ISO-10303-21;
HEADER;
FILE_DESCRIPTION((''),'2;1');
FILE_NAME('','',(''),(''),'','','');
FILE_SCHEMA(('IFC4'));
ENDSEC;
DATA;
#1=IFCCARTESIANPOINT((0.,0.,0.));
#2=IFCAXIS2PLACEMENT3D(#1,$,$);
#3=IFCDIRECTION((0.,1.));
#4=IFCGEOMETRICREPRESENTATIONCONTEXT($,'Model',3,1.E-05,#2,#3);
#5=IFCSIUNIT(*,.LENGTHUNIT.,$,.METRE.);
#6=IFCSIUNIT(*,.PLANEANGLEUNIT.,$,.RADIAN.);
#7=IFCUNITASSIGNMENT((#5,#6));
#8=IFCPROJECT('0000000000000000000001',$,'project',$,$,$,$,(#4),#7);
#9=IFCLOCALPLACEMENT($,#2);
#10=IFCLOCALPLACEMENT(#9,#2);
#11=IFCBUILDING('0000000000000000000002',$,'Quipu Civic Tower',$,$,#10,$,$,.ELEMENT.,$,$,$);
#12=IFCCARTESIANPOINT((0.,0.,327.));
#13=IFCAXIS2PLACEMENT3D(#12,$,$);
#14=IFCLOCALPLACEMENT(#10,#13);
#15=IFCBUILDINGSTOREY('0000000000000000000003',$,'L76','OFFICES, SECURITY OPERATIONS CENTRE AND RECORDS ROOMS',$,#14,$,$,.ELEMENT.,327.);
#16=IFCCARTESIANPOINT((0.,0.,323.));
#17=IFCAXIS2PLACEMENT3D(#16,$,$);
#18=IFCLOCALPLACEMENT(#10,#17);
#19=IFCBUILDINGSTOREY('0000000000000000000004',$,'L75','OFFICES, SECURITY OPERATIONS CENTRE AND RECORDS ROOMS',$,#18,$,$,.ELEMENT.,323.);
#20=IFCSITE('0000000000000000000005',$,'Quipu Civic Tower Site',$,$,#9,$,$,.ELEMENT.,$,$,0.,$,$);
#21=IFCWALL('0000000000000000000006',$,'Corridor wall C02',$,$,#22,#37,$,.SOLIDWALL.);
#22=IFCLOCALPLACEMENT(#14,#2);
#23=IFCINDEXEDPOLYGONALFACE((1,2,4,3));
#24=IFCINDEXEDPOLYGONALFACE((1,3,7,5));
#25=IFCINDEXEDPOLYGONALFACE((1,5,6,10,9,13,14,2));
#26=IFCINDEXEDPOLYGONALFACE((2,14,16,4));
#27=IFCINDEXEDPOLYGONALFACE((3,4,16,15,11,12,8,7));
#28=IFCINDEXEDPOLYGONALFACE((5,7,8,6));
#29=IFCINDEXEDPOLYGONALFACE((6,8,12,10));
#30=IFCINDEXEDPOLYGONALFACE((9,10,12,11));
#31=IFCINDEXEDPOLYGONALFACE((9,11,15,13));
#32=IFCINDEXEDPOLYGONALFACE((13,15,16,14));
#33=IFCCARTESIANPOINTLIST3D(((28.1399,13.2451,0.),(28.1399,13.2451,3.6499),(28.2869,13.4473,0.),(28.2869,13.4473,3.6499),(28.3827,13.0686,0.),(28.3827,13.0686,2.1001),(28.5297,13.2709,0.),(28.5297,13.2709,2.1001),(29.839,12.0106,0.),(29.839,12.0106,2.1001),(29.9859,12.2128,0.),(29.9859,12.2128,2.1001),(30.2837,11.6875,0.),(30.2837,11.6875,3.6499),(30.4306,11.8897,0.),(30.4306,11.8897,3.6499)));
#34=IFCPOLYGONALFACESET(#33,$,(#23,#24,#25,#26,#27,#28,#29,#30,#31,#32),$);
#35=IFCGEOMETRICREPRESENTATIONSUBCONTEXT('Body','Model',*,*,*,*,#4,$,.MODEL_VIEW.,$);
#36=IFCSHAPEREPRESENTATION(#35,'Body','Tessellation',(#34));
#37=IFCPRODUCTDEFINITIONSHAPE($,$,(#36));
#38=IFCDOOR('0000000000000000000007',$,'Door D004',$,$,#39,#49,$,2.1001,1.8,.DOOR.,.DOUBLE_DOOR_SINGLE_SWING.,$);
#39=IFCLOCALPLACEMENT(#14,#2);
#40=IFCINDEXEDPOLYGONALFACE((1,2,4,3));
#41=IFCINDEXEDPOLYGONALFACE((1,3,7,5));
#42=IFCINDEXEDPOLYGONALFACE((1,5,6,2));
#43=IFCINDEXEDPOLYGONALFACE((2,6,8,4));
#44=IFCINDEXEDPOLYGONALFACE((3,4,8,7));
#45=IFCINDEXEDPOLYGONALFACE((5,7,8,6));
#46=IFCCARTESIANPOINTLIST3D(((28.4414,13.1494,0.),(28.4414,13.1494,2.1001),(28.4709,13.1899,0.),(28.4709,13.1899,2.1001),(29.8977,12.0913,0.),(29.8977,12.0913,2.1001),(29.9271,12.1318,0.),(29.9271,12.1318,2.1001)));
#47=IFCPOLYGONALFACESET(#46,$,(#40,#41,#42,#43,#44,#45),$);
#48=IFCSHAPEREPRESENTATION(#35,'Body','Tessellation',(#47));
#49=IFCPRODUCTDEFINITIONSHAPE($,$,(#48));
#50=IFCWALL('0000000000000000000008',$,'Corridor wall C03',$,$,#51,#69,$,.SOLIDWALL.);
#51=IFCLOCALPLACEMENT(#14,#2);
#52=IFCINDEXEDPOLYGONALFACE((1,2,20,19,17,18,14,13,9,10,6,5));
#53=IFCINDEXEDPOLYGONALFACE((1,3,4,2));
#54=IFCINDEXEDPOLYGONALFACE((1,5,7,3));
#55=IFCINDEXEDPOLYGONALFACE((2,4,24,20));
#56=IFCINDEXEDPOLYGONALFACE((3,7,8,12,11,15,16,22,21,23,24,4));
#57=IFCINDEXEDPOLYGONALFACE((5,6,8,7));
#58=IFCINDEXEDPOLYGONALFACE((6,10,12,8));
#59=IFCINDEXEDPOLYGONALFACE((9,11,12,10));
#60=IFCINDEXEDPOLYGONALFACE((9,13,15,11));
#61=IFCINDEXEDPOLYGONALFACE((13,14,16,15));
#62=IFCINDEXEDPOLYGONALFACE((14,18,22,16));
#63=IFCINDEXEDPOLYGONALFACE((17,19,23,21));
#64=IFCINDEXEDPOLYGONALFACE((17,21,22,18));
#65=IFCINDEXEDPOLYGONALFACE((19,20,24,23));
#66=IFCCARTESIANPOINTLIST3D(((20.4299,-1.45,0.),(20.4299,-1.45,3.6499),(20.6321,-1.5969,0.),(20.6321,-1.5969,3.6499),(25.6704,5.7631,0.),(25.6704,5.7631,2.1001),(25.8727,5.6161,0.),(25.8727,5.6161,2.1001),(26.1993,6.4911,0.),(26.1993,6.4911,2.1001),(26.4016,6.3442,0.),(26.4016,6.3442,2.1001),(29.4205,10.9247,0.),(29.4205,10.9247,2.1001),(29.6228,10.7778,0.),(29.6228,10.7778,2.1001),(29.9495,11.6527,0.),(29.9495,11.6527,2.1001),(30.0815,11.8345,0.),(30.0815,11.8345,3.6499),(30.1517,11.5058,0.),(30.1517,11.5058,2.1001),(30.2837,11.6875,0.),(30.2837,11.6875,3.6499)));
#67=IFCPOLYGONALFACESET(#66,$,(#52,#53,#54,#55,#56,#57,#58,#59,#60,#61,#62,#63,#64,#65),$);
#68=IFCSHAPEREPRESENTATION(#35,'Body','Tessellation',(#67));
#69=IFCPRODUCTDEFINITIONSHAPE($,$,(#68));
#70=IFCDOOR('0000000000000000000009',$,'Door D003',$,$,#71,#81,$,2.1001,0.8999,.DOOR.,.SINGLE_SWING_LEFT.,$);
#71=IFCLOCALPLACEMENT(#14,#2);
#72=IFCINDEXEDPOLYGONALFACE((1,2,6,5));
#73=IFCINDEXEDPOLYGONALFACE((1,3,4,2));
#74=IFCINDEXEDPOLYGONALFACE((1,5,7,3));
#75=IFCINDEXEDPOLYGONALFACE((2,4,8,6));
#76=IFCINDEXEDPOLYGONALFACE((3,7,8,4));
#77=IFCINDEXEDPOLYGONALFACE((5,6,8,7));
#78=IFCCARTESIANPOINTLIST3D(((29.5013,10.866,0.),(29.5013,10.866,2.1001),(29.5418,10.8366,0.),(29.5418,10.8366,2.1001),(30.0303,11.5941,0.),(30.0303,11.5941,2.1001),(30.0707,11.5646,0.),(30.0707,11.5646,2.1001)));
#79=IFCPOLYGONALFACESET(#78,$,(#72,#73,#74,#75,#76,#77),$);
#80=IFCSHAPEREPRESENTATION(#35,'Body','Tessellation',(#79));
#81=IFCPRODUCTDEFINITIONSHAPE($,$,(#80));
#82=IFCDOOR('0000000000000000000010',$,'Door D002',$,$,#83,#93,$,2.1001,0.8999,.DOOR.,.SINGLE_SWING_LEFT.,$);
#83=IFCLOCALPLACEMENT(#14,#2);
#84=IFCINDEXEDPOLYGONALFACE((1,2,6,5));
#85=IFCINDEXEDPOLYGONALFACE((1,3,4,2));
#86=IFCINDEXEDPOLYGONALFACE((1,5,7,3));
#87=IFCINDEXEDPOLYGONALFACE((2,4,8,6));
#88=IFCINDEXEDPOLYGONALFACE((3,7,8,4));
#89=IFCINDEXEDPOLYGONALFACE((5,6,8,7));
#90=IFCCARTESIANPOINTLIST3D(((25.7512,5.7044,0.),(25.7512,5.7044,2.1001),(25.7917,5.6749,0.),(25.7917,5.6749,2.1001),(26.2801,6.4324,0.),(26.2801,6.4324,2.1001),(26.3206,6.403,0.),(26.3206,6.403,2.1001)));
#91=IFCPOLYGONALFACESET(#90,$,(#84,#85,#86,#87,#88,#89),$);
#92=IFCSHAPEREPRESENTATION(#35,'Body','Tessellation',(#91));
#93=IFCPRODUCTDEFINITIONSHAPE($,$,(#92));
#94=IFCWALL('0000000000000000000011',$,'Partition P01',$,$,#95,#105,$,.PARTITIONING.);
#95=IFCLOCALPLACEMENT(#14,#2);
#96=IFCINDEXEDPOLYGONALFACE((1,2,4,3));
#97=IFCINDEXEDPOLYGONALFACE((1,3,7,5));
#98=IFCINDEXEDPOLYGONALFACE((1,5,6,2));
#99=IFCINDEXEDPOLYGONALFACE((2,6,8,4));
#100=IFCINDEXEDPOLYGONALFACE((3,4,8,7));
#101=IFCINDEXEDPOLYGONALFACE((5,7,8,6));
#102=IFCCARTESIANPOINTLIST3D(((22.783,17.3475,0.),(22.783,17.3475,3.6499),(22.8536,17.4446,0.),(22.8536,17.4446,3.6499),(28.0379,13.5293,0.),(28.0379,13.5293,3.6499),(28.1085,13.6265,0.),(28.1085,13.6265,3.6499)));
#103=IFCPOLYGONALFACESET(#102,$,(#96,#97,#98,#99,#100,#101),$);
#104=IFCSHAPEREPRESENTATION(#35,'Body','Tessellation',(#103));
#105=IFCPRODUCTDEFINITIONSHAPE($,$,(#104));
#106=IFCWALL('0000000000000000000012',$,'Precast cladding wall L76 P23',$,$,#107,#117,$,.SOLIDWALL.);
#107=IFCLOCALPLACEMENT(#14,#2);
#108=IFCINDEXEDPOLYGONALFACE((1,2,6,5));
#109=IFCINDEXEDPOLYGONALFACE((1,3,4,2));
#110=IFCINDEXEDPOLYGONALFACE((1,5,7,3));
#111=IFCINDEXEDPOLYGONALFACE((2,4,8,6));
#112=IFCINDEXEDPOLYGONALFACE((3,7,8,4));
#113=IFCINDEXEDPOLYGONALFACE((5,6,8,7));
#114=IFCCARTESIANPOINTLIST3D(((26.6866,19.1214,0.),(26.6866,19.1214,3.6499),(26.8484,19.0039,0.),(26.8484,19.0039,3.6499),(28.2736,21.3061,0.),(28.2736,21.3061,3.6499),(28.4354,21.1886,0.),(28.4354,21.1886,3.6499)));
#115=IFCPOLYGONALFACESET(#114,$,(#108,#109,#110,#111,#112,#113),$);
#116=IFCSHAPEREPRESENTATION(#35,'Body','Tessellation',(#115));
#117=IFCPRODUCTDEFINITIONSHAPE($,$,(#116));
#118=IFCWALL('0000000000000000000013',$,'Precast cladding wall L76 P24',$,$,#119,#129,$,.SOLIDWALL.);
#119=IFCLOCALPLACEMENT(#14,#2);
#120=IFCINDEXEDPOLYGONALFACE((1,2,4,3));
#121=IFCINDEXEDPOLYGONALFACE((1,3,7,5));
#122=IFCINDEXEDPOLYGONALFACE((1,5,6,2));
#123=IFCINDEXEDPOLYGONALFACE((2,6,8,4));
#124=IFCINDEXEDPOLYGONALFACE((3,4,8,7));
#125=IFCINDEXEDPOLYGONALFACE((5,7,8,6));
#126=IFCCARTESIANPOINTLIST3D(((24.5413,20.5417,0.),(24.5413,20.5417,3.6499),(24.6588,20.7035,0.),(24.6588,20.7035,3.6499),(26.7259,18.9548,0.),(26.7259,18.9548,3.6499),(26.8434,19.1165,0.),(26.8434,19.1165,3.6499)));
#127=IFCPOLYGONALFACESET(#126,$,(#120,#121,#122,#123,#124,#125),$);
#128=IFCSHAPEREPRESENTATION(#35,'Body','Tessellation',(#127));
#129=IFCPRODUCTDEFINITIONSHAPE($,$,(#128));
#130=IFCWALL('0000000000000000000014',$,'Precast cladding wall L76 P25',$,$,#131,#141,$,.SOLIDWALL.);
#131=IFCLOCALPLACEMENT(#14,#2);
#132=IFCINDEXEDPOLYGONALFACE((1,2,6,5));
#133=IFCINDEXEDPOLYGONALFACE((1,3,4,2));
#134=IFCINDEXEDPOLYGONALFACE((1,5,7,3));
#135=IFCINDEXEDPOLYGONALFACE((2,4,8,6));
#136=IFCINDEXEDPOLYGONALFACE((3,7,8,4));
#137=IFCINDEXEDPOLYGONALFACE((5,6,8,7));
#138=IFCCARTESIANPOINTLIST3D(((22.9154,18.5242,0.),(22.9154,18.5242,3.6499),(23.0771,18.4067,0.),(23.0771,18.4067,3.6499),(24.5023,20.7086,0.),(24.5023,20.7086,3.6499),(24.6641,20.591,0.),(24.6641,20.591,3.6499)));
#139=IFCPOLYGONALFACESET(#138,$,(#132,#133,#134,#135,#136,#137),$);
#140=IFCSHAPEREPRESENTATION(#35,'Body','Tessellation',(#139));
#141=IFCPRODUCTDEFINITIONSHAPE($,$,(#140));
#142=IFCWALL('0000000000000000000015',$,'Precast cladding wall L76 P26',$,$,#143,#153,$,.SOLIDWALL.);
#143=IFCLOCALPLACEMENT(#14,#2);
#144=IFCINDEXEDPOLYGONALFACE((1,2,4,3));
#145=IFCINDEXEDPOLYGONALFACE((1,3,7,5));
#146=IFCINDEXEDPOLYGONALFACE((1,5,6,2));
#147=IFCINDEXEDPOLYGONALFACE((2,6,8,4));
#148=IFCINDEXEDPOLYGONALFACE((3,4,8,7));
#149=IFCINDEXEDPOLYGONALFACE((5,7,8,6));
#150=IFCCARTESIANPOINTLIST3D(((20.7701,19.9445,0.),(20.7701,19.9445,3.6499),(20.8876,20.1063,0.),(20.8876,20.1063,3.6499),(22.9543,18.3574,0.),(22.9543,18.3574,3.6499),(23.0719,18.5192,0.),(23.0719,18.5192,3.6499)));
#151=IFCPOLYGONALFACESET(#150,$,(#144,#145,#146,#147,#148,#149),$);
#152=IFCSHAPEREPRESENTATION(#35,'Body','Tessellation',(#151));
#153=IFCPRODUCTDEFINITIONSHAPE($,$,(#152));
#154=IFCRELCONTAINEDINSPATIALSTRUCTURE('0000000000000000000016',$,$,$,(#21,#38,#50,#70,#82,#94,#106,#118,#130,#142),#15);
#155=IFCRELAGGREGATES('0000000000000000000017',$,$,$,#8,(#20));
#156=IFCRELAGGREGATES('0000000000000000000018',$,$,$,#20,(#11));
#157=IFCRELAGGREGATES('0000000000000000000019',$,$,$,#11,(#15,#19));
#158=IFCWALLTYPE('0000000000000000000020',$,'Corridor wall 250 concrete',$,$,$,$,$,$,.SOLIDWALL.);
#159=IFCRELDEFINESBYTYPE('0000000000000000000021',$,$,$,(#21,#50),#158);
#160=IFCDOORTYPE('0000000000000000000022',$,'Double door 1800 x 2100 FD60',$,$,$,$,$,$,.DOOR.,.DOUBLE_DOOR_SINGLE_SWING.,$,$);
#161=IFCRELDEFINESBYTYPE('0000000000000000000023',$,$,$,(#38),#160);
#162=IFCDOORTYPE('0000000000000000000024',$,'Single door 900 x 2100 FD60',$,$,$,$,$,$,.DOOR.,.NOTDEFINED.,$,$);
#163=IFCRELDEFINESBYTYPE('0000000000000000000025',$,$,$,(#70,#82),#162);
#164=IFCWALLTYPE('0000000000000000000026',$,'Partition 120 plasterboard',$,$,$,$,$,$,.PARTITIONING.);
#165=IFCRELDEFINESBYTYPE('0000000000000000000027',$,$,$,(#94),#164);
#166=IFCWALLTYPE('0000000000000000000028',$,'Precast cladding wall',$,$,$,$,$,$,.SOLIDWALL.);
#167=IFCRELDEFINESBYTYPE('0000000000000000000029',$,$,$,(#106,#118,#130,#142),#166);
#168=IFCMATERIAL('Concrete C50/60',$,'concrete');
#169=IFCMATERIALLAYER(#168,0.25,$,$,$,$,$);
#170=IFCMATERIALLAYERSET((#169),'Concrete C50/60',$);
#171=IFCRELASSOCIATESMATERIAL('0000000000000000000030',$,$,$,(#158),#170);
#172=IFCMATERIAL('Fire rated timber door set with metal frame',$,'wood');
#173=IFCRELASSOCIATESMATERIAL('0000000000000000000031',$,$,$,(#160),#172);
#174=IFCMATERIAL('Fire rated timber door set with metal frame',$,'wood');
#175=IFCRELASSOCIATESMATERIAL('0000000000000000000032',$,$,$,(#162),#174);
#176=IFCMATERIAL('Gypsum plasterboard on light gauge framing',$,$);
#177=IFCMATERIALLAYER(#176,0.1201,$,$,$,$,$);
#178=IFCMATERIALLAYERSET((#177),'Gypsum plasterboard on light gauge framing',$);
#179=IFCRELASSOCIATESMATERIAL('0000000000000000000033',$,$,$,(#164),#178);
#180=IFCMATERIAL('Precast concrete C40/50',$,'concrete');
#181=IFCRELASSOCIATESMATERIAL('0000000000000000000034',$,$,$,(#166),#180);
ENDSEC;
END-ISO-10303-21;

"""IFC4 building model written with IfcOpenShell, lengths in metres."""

from ifc_helpers import new_model, si_unit, direction, frame, frame_2d, origin, place, context, subcontext, project, spatial, rectangle, extrude, material, layer, layer_set, type_object, element, fill, save


model = new_model("IFC4")

# Units and contexts
model_context = context("Model", 3, precision=1e-05, world=origin(), true_north=direction((0.0, 1.0)))
body_context = subcontext(model_context, "Body", "Model", "MODEL_VIEW")
ifc_project = project(units=[si_unit("LENGTHUNIT", "METRE"), si_unit("PLANEANGLEUNIT", "RADIAN")], contexts=[model_context])

# Site, building, storey
site_placement = place(None, origin())
site = spatial("IfcSite", under=ifc_project, at=site_placement, Name="Quipu Civic Tower Site", CompositionType="ELEMENT", RefElevation=0.0)
building_placement = place(site_placement, origin())
building = spatial("IfcBuilding", under=site, at=building_placement, Name="Quipu Civic Tower", CompositionType="ELEMENT")
storey_1_placement = place(building_placement, frame((0.0, 0.0, 327.0)))
storey_1 = spatial("IfcBuildingStorey", under=building, at=storey_1_placement, Name="L76", Description="OFFICES, SECURITY OPERATIONS CENTRE AND RECORDS ROOMS", CompositionType="ELEMENT", Elevation=327.0)

# Shared definitions
storey_2_placement = place(building_placement, frame((0.0, 0.0, 323.0)))
storey_2 = spatial("IfcBuildingStorey", under=building, at=storey_2_placement, Name="L75", Description="OFFICES, SECURITY OPERATIONS CENTRE AND RECORDS ROOMS", CompositionType="ELEMENT", Elevation=323.0)

# Wall, opening, door
ifc_material_1 = material(Name="Concrete C50/60", Category="concrete")
ifc_layer_1 = layer(ifc_material_1, 0.25)
ifc_layer_set_1 = layer_set([ifc_layer_1], Name="Concrete C50/60")
wall_type_1 = type_object("IfcWallType", Name="Corridor wall 250 concrete", PredefinedType="SOLIDWALL", material=ifc_layer_set_1)
wall_1_placement = place(storey_1_placement, frame((28.2134, 13.3462, 0.0), z_axis=(0.0, 0.0, 1.0), x_axis=(0.809007, -0.587799, 0.0)))
wall_1 = element("IfcWall", 1, at=wall_1_placement, inside=storey_1, type_object=wall_type_1, Name="Corridor wall C02", PredefinedType="SOLIDWALL", context=body_context, shape_type="SweptSolid", body=[
    extrude(rectangle(XDim=2.6499, YDim=0.25, at=frame_2d((1.325, 0.0))), origin(), (0.0, 0.0, 1.0), 3.6499),
])
opening_1_placement = place(wall_1_placement, frame((0.3003, 0.0, 0.0)))
opening_1 = element("IfcOpeningElement", 2, at=opening_1_placement, cuts=wall_1, PredefinedType="OPENING", context=body_context, shape_type="SweptSolid", body=[
    extrude(rectangle(XDim=1.8, YDim=2.1001, at=frame_2d((0.8999, 1.05))), frame((0.0, 0.135, 0.0), z_axis=(0.0, -1.0, 0.0), x_axis=(1.0, 0.0, 0.0)), (0.0, 0.0, 1.0), 0.27),
])
ifc_material_2 = material(Name="Fire rated timber door set with metal frame", Category="wood")
door_type_1 = type_object("IfcDoorType", Name="Double door 1800 x 2100 FD60", OperationType="DOUBLE_DOOR_SINGLE_SWING", PredefinedType="DOOR", material=ifc_material_2)
door_1_placement = place(opening_1_placement, origin())
door_1 = element("IfcDoor", 3, at=door_1_placement, inside=storey_1, type_object=door_type_1, Name="Door D004", OperationType="DOUBLE_DOOR_SINGLE_SWING", OverallHeight=2.1001, OverallWidth=1.8, PredefinedType="DOOR", context=body_context, shape_type="SweptSolid", body=[
    extrude(rectangle(XDim=1.8, YDim=2.1001, at=frame_2d((0.8999, 1.05))), frame((0.0, 0.0249, 0.0), z_axis=(0.0, -1.0, 0.0), x_axis=(1.0, 0.0, 0.0)), (0.0, 0.0, 1.0), 0.05),
])
fill(opening_1, door_1)

# Wall, openings, doors
wall_2_placement = place(storey_1_placement, frame((30.1826, 11.761, 0.0), z_axis=(0.0, 0.0, 1.0), x_axis=(-0.587782, -0.80902, 0.0)))
wall_2 = element("IfcWall", 4, at=wall_2_placement, inside=storey_1, type_object=wall_type_1, Name="Corridor wall C03", PredefinedType="SOLIDWALL", context=body_context, shape_type="SweptSolid", body=[
    extrude(rectangle(XDim=16.4204, YDim=0.25, at=frame_2d((8.2102, 0.0))), origin(), (0.0, 0.0, 1.0), 3.6499),
])
opening_2_placement = place(wall_2_placement, frame((0.2246, 0.0, 0.0)))
opening_2 = element("IfcOpeningElement", 5, at=opening_2_placement, cuts=wall_2, PredefinedType="OPENING", context=body_context, shape_type="SweptSolid", body=[
    extrude(rectangle(XDim=0.8999, YDim=2.1001, at=frame_2d((0.45, 1.05))), frame((0.0, 0.135, 0.0), z_axis=(0.0, -1.0, 0.0), x_axis=(1.0, 0.0, 0.0)), (0.0, 0.0, 1.0), 0.27),
])
opening_3_placement = place(wall_2_placement, frame((6.6047, 0.0, 0.0)))
opening_3 = element("IfcOpeningElement", 6, at=opening_3_placement, cuts=wall_2, PredefinedType="OPENING", context=body_context, shape_type="SweptSolid", body=[
    extrude(rectangle(XDim=0.8999, YDim=2.1001, at=frame_2d((0.45, 1.05))), frame((0.0, 0.135, 0.0), z_axis=(0.0, -1.0, 0.0), x_axis=(1.0, 0.0, 0.0)), (0.0, 0.0, 1.0), 0.27),
])
ifc_material_3 = material(Name="Fire rated timber door set with metal frame", Category="wood")
door_type_2 = type_object("IfcDoorType", Name="Single door 900 x 2100 FD60", OperationType="NOTDEFINED", PredefinedType="DOOR", material=ifc_material_3)
door_2_placement = place(opening_2_placement, origin())
door_2 = element("IfcDoor", 7, at=door_2_placement, inside=storey_1, type_object=door_type_2, Name="Door D003", OperationType="SINGLE_SWING_LEFT", OverallHeight=2.1001, OverallWidth=0.8999, PredefinedType="DOOR", context=body_context, shape_type="SweptSolid", body=[
    extrude(rectangle(XDim=0.8999, YDim=2.1001, at=frame_2d((0.45, 1.05))), frame((0.0, 0.0249, 0.0), z_axis=(0.0, -1.0, 0.0), x_axis=(1.0, 0.0, 0.0)), (0.0, 0.0, 1.0), 0.05),
])
fill(opening_2, door_2)
door_3_placement = place(opening_3_placement, origin())
door_3 = element("IfcDoor", 8, at=door_3_placement, inside=storey_1, type_object=door_type_2, Name="Door D002", OperationType="SINGLE_SWING_LEFT", OverallHeight=2.1001, OverallWidth=0.8999, PredefinedType="DOOR", context=body_context, shape_type="SweptSolid", body=[
    extrude(rectangle(XDim=0.8999, YDim=2.1001, at=frame_2d((0.45, 1.05))), frame((0.0, 0.0249, 0.0), z_axis=(0.0, -1.0, 0.0), x_axis=(1.0, 0.0, 0.0)), (0.0, 0.0, 1.0), 0.05),
])
fill(opening_3, door_3)

# Walls
ifc_material_4 = material(Name="Gypsum plasterboard on light gauge framing")
ifc_layer_2 = layer(ifc_material_4, 0.1201)
ifc_layer_set_2 = layer_set([ifc_layer_2], Name="Gypsum plasterboard on light gauge framing")
wall_type_2 = type_object("IfcWallType", Name="Partition 120 plasterboard", PredefinedType="PARTITIONING", material=ifc_layer_set_2)
wall_3_placement = place(storey_1_placement, frame((28.0732, 13.5779, 0.0), z_axis=(0.0, 0.0, 1.0), x_axis=(-0.809001, 0.587807, 0.0)))
element("IfcWall", 9, at=wall_3_placement, inside=storey_1, type_object=wall_type_2, Name="Partition P01", PredefinedType="PARTITIONING", context=body_context, shape_type="SweptSolid", body=[
    extrude(rectangle(XDim=6.4956, YDim=0.1201, at=frame_2d((3.2478, 0.0))), origin(), (0.0, 0.0, 1.0), 3.6499),
])
ifc_material_5 = material(Name="Precast concrete C40/50", Category="concrete")
wall_type_3 = type_object("IfcWallType", Name="Precast cladding wall", PredefinedType="SOLIDWALL", material=ifc_material_5)
for number, where, z_axis, x_axis, name in (
    (10, (28.3545, 21.2473, 0.0), (0.0, 0.0, 1.0), (-0.58772, -0.809064, 0.0), "Precast cladding wall L76 P23"),
    (11, (26.7847, 19.0356, 0.0), (0.0, 0.0, 1.0), (-0.809064, 0.58772, 0.0), "Precast cladding wall L76 P24"),
):
    element("IfcWall", number, at=place(storey_1_placement, frame(where, z_axis=z_axis, x_axis=x_axis)), inside=storey_1, type_object=wall_type_3, Name=name, PredefinedType="SOLIDWALL", context=body_context, shape_type="SweptSolid", body=[
        extrude(rectangle(XDim=2.7002, YDim=0.2, at=frame_2d((1.3501, 0.0))), origin(), (0.0, 0.0, 1.0), 3.6499),
    ])
for number, where, z_axis, x_axis, name in (
    (12, (24.5833, 20.6499, 0.0), (0.0, 0.0, 1.0), (-0.587763, -0.809033, 0.0), "Precast cladding wall L76 P25"),
    (13, (23.0132, 18.4382, 0.0), (0.0, 0.0, 1.0), (-0.80899, 0.587822, 0.0), "Precast cladding wall L76 P26"),
):
    element("IfcWall", number, at=place(storey_1_placement, frame(where, z_axis=z_axis, x_axis=x_axis)), inside=storey_1, type_object=wall_type_3, Name=name, PredefinedType="SOLIDWALL", context=body_context, shape_type="SweptSolid", body=[
        extrude(rectangle(XDim=2.7, YDim=0.2, at=frame_2d((1.3501, 0.0))), origin(), (0.0, 0.0, 1.0), 3.6499),
    ])

save(model, "model.ifc")
